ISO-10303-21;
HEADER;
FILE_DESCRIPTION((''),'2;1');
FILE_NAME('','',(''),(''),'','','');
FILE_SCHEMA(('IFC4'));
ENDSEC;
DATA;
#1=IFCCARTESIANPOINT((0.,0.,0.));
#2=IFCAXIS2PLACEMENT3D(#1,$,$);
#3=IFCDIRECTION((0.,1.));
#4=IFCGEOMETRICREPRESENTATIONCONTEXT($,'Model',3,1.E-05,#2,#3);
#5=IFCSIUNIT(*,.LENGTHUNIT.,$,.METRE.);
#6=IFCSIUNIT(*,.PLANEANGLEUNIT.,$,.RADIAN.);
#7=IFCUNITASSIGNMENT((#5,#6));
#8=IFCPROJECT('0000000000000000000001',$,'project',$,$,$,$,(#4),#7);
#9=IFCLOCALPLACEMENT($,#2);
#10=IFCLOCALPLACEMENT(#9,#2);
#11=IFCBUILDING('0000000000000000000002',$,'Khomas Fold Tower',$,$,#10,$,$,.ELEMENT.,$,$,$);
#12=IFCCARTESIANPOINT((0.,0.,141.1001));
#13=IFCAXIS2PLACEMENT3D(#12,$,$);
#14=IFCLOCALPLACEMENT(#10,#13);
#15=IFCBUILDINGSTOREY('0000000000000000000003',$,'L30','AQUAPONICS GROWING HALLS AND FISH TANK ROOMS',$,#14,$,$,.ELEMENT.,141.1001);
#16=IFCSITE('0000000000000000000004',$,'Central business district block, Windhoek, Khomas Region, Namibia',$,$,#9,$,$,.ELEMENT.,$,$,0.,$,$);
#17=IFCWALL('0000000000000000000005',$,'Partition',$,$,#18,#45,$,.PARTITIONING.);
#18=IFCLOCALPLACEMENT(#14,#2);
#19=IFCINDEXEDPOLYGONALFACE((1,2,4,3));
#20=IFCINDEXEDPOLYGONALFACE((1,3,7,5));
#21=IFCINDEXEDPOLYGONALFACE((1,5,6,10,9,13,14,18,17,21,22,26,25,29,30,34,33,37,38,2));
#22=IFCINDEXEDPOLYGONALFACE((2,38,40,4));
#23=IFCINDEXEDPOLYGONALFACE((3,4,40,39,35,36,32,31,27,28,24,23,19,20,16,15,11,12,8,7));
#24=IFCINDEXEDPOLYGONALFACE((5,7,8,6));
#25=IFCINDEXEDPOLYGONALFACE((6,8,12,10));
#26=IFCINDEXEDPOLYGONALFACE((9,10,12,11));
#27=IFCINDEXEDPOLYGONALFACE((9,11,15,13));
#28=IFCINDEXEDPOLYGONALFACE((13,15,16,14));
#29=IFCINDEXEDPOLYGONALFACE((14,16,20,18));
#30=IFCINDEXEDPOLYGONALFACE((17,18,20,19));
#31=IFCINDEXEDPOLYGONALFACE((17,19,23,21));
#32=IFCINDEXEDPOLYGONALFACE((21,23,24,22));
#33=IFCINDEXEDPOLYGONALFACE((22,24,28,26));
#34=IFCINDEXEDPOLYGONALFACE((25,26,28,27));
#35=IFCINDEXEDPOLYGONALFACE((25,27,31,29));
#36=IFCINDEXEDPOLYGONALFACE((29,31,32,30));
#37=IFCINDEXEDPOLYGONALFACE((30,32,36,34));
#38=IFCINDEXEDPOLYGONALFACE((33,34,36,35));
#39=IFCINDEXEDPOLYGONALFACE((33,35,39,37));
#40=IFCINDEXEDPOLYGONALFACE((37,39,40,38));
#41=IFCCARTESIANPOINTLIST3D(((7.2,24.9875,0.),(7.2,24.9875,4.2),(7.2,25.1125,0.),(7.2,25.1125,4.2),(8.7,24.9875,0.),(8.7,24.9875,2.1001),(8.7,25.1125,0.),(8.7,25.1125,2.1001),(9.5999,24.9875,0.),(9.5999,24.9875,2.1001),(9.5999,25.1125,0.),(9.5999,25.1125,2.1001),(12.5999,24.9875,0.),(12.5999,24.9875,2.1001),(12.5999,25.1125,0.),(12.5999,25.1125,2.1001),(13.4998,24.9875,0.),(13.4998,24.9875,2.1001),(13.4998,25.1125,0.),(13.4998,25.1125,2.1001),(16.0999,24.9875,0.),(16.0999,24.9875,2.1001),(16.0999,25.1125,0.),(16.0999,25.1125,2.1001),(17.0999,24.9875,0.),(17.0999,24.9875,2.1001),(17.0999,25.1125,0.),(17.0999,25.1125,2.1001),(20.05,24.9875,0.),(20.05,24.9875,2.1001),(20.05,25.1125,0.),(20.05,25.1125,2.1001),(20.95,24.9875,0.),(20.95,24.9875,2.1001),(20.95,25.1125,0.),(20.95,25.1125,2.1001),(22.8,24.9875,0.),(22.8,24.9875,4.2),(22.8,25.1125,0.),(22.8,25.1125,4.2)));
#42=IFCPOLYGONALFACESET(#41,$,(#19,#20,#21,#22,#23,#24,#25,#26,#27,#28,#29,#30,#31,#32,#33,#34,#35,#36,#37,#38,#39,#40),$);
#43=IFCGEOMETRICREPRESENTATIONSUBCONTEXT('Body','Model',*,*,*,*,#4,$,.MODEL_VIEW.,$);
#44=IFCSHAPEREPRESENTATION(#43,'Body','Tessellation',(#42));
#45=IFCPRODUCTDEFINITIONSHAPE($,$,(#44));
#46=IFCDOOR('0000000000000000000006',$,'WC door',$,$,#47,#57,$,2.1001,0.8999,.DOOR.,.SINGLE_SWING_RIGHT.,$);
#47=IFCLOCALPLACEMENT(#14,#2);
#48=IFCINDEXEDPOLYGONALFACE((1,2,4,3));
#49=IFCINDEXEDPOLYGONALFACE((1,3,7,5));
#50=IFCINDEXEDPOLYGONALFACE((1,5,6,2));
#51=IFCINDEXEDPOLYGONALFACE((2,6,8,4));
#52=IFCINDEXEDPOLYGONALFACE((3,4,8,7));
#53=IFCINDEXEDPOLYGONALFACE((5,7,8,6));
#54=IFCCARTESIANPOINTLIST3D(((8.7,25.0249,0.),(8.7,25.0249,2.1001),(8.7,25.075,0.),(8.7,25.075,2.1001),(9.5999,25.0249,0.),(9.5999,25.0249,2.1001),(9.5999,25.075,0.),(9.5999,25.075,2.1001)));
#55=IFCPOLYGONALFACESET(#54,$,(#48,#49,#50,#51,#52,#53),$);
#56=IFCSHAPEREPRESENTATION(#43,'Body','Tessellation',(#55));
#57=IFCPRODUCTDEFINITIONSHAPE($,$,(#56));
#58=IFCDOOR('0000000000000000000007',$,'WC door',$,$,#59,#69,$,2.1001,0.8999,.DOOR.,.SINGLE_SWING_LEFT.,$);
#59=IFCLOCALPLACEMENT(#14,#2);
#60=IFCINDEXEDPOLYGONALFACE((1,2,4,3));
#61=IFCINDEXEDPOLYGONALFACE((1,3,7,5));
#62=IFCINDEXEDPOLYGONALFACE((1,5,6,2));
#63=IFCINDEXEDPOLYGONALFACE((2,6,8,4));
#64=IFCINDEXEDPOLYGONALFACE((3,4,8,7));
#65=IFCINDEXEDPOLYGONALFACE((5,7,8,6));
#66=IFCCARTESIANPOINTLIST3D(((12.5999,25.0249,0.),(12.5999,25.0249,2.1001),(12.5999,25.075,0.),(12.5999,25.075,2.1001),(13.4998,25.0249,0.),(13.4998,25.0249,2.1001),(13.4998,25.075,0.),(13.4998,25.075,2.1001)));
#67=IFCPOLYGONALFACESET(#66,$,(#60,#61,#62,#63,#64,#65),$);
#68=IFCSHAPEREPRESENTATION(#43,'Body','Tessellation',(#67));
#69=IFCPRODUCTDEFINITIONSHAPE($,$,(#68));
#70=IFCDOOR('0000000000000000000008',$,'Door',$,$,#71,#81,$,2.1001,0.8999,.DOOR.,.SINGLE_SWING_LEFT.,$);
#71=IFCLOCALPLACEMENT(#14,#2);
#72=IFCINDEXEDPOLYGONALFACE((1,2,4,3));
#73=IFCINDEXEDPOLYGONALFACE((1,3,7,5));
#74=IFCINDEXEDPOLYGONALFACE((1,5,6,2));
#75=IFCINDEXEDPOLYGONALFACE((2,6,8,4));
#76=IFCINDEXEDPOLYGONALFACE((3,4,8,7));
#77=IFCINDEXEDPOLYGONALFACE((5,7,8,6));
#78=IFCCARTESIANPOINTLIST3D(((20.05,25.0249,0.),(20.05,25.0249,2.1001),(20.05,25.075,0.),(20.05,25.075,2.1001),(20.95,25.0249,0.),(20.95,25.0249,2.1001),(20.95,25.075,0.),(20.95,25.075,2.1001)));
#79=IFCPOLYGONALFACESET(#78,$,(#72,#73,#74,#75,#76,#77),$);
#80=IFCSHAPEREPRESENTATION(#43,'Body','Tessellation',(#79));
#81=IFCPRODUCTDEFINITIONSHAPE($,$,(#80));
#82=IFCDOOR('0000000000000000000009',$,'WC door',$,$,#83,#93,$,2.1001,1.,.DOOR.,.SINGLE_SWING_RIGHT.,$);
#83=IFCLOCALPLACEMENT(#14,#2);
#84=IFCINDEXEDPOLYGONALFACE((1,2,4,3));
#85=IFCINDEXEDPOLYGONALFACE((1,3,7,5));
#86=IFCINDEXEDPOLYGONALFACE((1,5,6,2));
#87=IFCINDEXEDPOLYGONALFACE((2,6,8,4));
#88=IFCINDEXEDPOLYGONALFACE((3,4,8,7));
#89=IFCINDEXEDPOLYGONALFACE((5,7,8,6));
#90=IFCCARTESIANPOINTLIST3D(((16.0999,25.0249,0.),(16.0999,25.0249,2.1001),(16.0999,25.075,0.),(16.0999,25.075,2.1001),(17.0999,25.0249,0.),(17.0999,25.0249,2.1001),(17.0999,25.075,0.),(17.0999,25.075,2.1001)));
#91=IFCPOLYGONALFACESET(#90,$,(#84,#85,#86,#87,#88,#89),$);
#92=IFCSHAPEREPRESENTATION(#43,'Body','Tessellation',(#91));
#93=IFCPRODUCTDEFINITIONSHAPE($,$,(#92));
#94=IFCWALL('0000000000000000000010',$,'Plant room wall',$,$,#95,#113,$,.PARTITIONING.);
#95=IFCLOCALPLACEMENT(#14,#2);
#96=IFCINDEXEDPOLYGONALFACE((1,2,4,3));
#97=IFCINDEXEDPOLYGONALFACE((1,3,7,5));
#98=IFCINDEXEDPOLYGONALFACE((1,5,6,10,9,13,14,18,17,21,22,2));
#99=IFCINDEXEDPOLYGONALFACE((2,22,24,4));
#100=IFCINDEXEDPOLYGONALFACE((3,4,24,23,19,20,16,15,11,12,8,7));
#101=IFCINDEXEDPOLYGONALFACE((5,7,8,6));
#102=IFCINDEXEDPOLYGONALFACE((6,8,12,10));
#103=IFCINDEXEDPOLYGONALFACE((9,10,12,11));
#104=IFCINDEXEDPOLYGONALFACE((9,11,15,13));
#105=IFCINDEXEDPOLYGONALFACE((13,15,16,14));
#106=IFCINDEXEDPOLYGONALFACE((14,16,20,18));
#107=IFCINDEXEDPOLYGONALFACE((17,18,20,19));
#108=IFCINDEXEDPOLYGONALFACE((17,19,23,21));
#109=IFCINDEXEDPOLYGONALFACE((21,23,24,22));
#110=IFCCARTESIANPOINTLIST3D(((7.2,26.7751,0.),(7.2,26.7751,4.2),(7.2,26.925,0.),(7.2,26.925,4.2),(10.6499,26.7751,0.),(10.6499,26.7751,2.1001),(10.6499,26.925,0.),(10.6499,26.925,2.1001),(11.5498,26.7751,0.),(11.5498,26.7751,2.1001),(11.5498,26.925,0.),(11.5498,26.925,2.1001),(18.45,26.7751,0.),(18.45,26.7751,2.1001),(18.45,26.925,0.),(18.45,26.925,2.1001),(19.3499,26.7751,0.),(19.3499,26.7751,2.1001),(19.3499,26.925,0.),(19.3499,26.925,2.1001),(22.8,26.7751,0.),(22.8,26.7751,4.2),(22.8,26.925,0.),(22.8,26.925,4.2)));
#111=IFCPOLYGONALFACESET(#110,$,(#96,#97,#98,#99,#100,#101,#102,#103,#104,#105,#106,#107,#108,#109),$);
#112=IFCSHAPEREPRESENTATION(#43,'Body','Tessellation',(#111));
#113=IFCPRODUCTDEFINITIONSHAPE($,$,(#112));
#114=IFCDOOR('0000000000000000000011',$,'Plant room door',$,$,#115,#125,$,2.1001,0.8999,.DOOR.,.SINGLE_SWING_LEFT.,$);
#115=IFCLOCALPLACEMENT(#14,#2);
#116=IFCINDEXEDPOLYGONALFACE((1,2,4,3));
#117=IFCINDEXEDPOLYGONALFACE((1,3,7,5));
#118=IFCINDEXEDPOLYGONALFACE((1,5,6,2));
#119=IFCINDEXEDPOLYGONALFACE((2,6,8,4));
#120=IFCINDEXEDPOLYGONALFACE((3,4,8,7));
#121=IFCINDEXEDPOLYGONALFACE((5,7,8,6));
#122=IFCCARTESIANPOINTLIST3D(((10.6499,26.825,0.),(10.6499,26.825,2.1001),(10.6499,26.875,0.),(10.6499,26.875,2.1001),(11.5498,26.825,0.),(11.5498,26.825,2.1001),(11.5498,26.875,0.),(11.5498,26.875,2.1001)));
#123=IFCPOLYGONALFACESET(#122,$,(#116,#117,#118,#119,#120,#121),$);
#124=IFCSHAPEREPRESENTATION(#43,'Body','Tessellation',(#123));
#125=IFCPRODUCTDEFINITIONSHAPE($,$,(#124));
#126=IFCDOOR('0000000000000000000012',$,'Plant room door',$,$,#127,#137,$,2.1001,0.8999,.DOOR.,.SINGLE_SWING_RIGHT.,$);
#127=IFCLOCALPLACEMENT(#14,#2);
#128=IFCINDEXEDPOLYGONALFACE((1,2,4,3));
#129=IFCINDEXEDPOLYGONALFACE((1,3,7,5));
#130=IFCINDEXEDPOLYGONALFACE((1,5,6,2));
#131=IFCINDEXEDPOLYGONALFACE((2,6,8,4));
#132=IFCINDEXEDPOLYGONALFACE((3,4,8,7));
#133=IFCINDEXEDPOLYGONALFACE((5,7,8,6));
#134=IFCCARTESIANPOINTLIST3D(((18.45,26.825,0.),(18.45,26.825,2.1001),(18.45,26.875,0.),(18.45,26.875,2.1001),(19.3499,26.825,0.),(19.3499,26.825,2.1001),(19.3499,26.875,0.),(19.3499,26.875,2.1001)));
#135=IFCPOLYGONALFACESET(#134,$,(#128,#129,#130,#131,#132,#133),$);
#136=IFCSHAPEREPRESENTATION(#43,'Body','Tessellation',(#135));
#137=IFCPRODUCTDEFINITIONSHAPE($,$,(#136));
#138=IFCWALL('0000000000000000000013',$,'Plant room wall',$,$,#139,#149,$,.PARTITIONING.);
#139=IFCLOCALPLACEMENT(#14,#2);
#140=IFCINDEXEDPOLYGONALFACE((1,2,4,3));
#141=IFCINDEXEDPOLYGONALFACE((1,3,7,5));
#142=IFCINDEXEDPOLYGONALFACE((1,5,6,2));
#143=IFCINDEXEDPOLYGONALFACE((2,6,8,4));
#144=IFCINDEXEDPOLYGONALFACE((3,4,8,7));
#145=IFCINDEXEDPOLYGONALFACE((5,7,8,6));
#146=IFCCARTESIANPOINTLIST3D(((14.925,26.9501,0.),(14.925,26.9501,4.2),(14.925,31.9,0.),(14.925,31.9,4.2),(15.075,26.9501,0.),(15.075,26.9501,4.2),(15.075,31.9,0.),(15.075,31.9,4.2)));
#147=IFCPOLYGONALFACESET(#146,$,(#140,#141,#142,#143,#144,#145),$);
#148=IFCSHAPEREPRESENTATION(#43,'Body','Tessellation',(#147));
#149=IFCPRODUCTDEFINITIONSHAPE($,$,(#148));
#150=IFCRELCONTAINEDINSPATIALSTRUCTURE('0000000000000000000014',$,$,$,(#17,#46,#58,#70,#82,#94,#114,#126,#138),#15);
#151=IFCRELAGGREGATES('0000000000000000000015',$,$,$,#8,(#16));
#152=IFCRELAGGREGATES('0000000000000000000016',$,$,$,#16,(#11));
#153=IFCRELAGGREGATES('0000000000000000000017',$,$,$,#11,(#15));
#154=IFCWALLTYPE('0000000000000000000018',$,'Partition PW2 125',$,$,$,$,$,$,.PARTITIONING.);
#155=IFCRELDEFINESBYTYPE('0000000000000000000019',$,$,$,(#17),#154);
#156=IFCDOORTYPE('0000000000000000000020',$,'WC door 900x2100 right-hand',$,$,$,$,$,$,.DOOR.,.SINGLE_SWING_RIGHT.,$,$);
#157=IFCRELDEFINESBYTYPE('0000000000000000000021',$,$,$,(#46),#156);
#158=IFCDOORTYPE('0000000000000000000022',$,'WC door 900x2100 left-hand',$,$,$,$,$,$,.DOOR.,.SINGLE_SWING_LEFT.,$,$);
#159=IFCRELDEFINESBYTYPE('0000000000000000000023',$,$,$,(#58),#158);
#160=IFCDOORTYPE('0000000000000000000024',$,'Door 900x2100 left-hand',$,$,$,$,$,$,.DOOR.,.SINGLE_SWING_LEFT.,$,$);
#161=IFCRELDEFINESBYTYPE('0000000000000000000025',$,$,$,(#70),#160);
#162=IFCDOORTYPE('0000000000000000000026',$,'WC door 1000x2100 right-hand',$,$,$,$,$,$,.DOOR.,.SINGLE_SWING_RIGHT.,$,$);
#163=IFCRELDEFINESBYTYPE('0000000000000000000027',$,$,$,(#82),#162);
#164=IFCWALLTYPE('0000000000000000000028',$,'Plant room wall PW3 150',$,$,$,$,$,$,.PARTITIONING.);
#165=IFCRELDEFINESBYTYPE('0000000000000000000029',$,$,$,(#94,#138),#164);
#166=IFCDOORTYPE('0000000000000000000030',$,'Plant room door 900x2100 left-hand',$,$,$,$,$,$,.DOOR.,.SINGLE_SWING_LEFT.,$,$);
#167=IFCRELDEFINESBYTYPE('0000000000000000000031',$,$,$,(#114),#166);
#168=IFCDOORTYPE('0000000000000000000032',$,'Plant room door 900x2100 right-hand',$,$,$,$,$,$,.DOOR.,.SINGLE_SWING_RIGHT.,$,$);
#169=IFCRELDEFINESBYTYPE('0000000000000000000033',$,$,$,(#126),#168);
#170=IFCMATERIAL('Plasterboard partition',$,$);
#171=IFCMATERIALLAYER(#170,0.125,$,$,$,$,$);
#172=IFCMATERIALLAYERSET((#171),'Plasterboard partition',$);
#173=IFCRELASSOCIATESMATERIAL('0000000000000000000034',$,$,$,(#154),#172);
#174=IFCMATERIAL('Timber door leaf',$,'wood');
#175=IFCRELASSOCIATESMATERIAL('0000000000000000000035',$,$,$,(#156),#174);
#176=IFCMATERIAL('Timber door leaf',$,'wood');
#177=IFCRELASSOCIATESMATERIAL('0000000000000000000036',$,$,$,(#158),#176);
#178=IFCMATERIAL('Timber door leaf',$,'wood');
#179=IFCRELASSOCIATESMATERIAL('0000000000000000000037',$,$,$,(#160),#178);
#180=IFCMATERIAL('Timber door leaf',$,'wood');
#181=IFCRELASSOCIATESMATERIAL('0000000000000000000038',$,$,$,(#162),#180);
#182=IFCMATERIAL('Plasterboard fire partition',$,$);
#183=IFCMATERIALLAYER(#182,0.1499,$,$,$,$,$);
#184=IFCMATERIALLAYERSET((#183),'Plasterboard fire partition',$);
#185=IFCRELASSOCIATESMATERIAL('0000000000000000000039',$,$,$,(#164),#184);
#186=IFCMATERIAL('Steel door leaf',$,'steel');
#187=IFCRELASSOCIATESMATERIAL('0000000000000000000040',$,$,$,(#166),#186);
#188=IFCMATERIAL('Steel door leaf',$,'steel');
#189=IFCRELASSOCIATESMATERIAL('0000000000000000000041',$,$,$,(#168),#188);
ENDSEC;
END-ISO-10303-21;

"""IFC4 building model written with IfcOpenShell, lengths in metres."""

from ifc_helpers import new_model, si_unit, direction, frame, frame_2d, origin, place, context, subcontext, project, spatial, rectangle, extrude, source, transform, mapped, material, layer, layer_set, type_object, element, fill, save


model = new_model("IFC4")

# Units and contexts
model_context = context("Model", 3, precision=1e-05, world=origin(), true_north=direction((0.0, 1.0)))
body_context = subcontext(model_context, "Body", "Model", "MODEL_VIEW")
ifc_project = project(units=[si_unit("LENGTHUNIT", "METRE"), si_unit("PLANEANGLEUNIT", "RADIAN")], contexts=[model_context])

# Site, building, storey
site_placement = place(None, origin())
site = spatial("IfcSite", under=ifc_project, at=site_placement, Name="Central business district block, Windhoek, Khomas Region, Namibia", CompositionType="ELEMENT", RefElevation=0.0)
building_placement = place(site_placement, origin())
building = spatial("IfcBuilding", under=site, at=building_placement, Name="Khomas Fold Tower", CompositionType="ELEMENT")
storey_placement = place(building_placement, frame((0.0, 0.0, 141.1001)))
storey = spatial("IfcBuildingStorey", under=building, at=storey_placement, Name="L30", Description="AQUAPONICS GROWING HALLS AND FISH TANK ROOMS", CompositionType="ELEMENT", Elevation=141.1001)

# Walls, openings, doors
ifc_material_1 = material(Name="Plasterboard partition")
ifc_layer_1 = layer(ifc_material_1, 0.125)
ifc_layer_set_1 = layer_set([ifc_layer_1], Name="Plasterboard partition")
wall_type_1 = type_object("IfcWallType", Name="Partition PW2 125", PredefinedType="PARTITIONING", material=ifc_layer_set_1)
shared_shape_1 = source(origin(), body_context, "Body", "SweptSolid", [
    extrude(rectangle(XDim=15.6001, YDim=0.125, at=frame_2d((7.8, 0.0))), origin(), (0.0, 0.0, 1.0), 4.2),
])
wall_1_placement = place(storey_placement, frame((7.2, 25.05, 0.0), z_axis=(0.0, 0.0, 1.0), x_axis=(1.0, 0.0, 0.0)))
wall_1 = element("IfcWall", 1, at=wall_1_placement, inside=storey, type_object=wall_type_1, Name="Partition", PredefinedType="PARTITIONING", context=body_context, shape_type="MappedRepresentation", body=[
    mapped(shared_shape_1, transform((0.0, 0.0, 0.0))),
])
shared_shape_2 = source(origin(), body_context, "Body", "SweptSolid", [
    extrude(rectangle(XDim=0.8999, YDim=2.1001, at=frame_2d((0.45, 1.05))), frame((0.0, 0.0725, 0.0), z_axis=(0.0, -1.0, 0.0), x_axis=(1.0, 0.0, 0.0)), (0.0, 0.0, 1.0), 0.145),
])
opening_1_placement = place(wall_1_placement, frame((1.5, 0.0, 0.0)))
opening_1 = element("IfcOpeningElement", 2, at=opening_1_placement, cuts=wall_1, PredefinedType="OPENING", context=body_context, shape_type="MappedRepresentation", body=[
    mapped(shared_shape_2, transform((0.0, 0.0, 0.0))),
])
opening_2_placement = place(wall_1_placement, frame((5.3999, 0.0, 0.0)))
opening_2 = element("IfcOpeningElement", 3, at=opening_2_placement, cuts=wall_1, PredefinedType="OPENING", context=body_context, shape_type="MappedRepresentation", body=[
    mapped(shared_shape_2, transform((0.0, 0.0, 0.0))),
])
shared_shape_3 = source(origin(), body_context, "Body", "SweptSolid", [
    extrude(rectangle(XDim=1.0, YDim=2.1001, at=frame_2d((0.5, 1.05))), frame((0.0, 0.0725, 0.0), z_axis=(0.0, -1.0, 0.0), x_axis=(1.0, 0.0, 0.0)), (0.0, 0.0, 1.0), 0.145),
])
opening_3_placement = place(wall_1_placement, frame((8.8999, 0.0, 0.0)))
opening_3 = element("IfcOpeningElement", 4, at=opening_3_placement, cuts=wall_1, PredefinedType="OPENING", context=body_context, shape_type="MappedRepresentation", body=[
    mapped(shared_shape_3, transform((0.0, 0.0, 0.0))),
])
opening_4_placement = place(wall_1_placement, frame((12.8501, 0.0, 0.0)))
opening_4 = element("IfcOpeningElement", 5, at=opening_4_placement, cuts=wall_1, PredefinedType="OPENING", context=body_context, shape_type="MappedRepresentation", body=[
    mapped(shared_shape_2, transform((0.0, 0.0, 0.0))),
])
ifc_material_2 = material(Name="Timber door leaf", Category="wood")
door_type_1 = type_object("IfcDoorType", Name="WC door 900x2100 right-hand", OperationType="SINGLE_SWING_RIGHT", PredefinedType="DOOR", material=ifc_material_2)
shared_shape_4 = source(origin(), body_context, "Body", "SweptSolid", [
    extrude(rectangle(XDim=0.8999, YDim=2.1001, at=frame_2d((0.45, 1.05))), frame((0.0, 0.0249, 0.0), z_axis=(0.0, -1.0, 0.0), x_axis=(1.0, 0.0, 0.0)), (0.0, 0.0, 1.0), 0.05),
])
door_1_placement = place(opening_1_placement, origin())
door_1 = element("IfcDoor", 6, at=door_1_placement, inside=storey, type_object=door_type_1, Name="WC door", OperationType="SINGLE_SWING_RIGHT", OverallHeight=2.1001, OverallWidth=0.8999, PredefinedType="DOOR", context=body_context, shape_type="MappedRepresentation", body=[
    mapped(shared_shape_4, transform((0.0, 0.0, 0.0))),
])
fill(opening_1, door_1)
ifc_material_3 = material(Name="Timber door leaf", Category="wood")
door_type_2 = type_object("IfcDoorType", Name="WC door 900x2100 left-hand", OperationType="SINGLE_SWING_LEFT", PredefinedType="DOOR", material=ifc_material_3)
door_2_placement = place(opening_2_placement, origin())
door_2 = element("IfcDoor", 7, at=door_2_placement, inside=storey, type_object=door_type_2, Name="WC door", OperationType="SINGLE_SWING_LEFT", OverallHeight=2.1001, OverallWidth=0.8999, PredefinedType="DOOR", context=body_context, shape_type="MappedRepresentation", body=[
    mapped(shared_shape_4, transform((0.0, 0.0, 0.0))),
])
fill(opening_2, door_2)
ifc_material_4 = material(Name="Timber door leaf", Category="wood")
door_type_3 = type_object("IfcDoorType", Name="Door 900x2100 left-hand", OperationType="SINGLE_SWING_LEFT", PredefinedType="DOOR", material=ifc_material_4)
door_3_placement = place(opening_4_placement, origin())
door_3 = element("IfcDoor", 8, at=door_3_placement, inside=storey, type_object=door_type_3, Name="Door", OperationType="SINGLE_SWING_LEFT", OverallHeight=2.1001, OverallWidth=0.8999, PredefinedType="DOOR", context=body_context, shape_type="MappedRepresentation", body=[
    mapped(shared_shape_4, transform((0.0, 0.0, 0.0))),
])
fill(opening_4, door_3)
ifc_material_5 = material(Name="Timber door leaf", Category="wood")
door_type_4 = type_object("IfcDoorType", Name="WC door 1000x2100 right-hand", OperationType="SINGLE_SWING_RIGHT", PredefinedType="DOOR", material=ifc_material_5)
shared_shape_5 = source(origin(), body_context, "Body", "SweptSolid", [
    extrude(rectangle(XDim=1.0, YDim=2.1001, at=frame_2d((0.5, 1.05))), frame((0.0, 0.0249, 0.0), z_axis=(0.0, -1.0, 0.0), x_axis=(1.0, 0.0, 0.0)), (0.0, 0.0, 1.0), 0.05),
])
door_4_placement = place(opening_3_placement, origin())
door_4 = element("IfcDoor", 9, at=door_4_placement, inside=storey, type_object=door_type_4, Name="WC door", OperationType="SINGLE_SWING_RIGHT", OverallHeight=2.1001, OverallWidth=1.0, PredefinedType="DOOR", context=body_context, shape_type="MappedRepresentation", body=[
    mapped(shared_shape_5, transform((0.0, 0.0, 0.0))),
])
fill(opening_3, door_4)
ifc_material_6 = material(Name="Plasterboard fire partition")
ifc_layer_2 = layer(ifc_material_6, 0.1499)
ifc_layer_set_2 = layer_set([ifc_layer_2], Name="Plasterboard fire partition")
wall_type_2 = type_object("IfcWallType", Name="Plant room wall PW3 150", PredefinedType="PARTITIONING", material=ifc_layer_set_2)
shared_shape_6 = source(origin(), body_context, "Body", "SweptSolid", [
    extrude(rectangle(XDim=15.6001, YDim=0.1499, at=frame_2d((7.8, 0.0))), origin(), (0.0, 0.0, 1.0), 4.2),
])
wall_2_placement = place(storey_placement, frame((7.2, 26.8501, 0.0), z_axis=(0.0, 0.0, 1.0), x_axis=(1.0, 0.0, 0.0)))
wall_2 = element("IfcWall", 10, at=wall_2_placement, inside=storey, type_object=wall_type_2, Name="Plant room wall", PredefinedType="PARTITIONING", context=body_context, shape_type="MappedRepresentation", body=[
    mapped(shared_shape_6, transform((0.0, 0.0, 0.0))),
])
shared_shape_7 = source(origin(), body_context, "Body", "SweptSolid", [
    extrude(rectangle(XDim=0.8999, YDim=2.1001, at=frame_2d((0.45, 1.05))), frame((0.0, 0.085, 0.0), z_axis=(0.0, -1.0, 0.0), x_axis=(1.0, 0.0, 0.0)), (0.0, 0.0, 1.0), 0.1699),
])
opening_5_placement = place(wall_2_placement, frame((3.45, 0.0, 0.0)))
opening_5 = element("IfcOpeningElement", 11, at=opening_5_placement, cuts=wall_2, PredefinedType="OPENING", context=body_context, shape_type="MappedRepresentation", body=[
    mapped(shared_shape_7, transform((0.0, 0.0, 0.0))),
])
opening_6_placement = place(wall_2_placement, frame((11.25, 0.0, 0.0)))
opening_6 = element("IfcOpeningElement", 12, at=opening_6_placement, cuts=wall_2, PredefinedType="OPENING", context=body_context, shape_type="MappedRepresentation", body=[
    mapped(shared_shape_7, transform((0.0, 0.0, 0.0))),
])
ifc_material_7 = material(Name="Steel door leaf", Category="steel")
door_type_5 = type_object("IfcDoorType", Name="Plant room door 900x2100 left-hand", OperationType="SINGLE_SWING_LEFT", PredefinedType="DOOR", material=ifc_material_7)
door_5_placement = place(opening_5_placement, origin())
door_5 = element("IfcDoor", 13, at=door_5_placement, inside=storey, type_object=door_type_5, Name="Plant room door", OperationType="SINGLE_SWING_LEFT", OverallHeight=2.1001, OverallWidth=0.8999, PredefinedType="DOOR", context=body_context, shape_type="MappedRepresentation", body=[
    mapped(shared_shape_4, transform((0.0, 0.0, 0.0))),
])
fill(opening_5, door_5)
ifc_material_8 = material(Name="Steel door leaf", Category="steel")
door_type_6 = type_object("IfcDoorType", Name="Plant room door 900x2100 right-hand", OperationType="SINGLE_SWING_RIGHT", PredefinedType="DOOR", material=ifc_material_8)
door_6_placement = place(opening_6_placement, origin())
door_6 = element("IfcDoor", 14, at=door_6_placement, inside=storey, type_object=door_type_6, Name="Plant room door", OperationType="SINGLE_SWING_RIGHT", OverallHeight=2.1001, OverallWidth=0.8999, PredefinedType="DOOR", context=body_context, shape_type="MappedRepresentation", body=[
    mapped(shared_shape_4, transform((0.0, 0.0, 0.0))),
])
fill(opening_6, door_6)

# Wall
shared_shape_8 = source(origin(), body_context, "Body", "SweptSolid", [
    extrude(rectangle(XDim=4.95, YDim=0.1499, at=frame_2d((2.4751, 0.0))), origin(), (0.0, 0.0, 1.0), 4.2),
])
wall_3_placement = place(storey_placement, frame((15.0, 26.95, 0.0), z_axis=(0.0, 0.0, 1.0), x_axis=(0.0, 1.0, 0.0)))
element("IfcWall", 15, at=wall_3_placement, inside=storey, type_object=wall_type_2, Name="Plant room wall", PredefinedType="PARTITIONING", context=body_context, shape_type="MappedRepresentation", body=[
    mapped(shared_shape_8, transform((0.0, 0.0, 0.0))),
])

save(model, "model.ifc")
